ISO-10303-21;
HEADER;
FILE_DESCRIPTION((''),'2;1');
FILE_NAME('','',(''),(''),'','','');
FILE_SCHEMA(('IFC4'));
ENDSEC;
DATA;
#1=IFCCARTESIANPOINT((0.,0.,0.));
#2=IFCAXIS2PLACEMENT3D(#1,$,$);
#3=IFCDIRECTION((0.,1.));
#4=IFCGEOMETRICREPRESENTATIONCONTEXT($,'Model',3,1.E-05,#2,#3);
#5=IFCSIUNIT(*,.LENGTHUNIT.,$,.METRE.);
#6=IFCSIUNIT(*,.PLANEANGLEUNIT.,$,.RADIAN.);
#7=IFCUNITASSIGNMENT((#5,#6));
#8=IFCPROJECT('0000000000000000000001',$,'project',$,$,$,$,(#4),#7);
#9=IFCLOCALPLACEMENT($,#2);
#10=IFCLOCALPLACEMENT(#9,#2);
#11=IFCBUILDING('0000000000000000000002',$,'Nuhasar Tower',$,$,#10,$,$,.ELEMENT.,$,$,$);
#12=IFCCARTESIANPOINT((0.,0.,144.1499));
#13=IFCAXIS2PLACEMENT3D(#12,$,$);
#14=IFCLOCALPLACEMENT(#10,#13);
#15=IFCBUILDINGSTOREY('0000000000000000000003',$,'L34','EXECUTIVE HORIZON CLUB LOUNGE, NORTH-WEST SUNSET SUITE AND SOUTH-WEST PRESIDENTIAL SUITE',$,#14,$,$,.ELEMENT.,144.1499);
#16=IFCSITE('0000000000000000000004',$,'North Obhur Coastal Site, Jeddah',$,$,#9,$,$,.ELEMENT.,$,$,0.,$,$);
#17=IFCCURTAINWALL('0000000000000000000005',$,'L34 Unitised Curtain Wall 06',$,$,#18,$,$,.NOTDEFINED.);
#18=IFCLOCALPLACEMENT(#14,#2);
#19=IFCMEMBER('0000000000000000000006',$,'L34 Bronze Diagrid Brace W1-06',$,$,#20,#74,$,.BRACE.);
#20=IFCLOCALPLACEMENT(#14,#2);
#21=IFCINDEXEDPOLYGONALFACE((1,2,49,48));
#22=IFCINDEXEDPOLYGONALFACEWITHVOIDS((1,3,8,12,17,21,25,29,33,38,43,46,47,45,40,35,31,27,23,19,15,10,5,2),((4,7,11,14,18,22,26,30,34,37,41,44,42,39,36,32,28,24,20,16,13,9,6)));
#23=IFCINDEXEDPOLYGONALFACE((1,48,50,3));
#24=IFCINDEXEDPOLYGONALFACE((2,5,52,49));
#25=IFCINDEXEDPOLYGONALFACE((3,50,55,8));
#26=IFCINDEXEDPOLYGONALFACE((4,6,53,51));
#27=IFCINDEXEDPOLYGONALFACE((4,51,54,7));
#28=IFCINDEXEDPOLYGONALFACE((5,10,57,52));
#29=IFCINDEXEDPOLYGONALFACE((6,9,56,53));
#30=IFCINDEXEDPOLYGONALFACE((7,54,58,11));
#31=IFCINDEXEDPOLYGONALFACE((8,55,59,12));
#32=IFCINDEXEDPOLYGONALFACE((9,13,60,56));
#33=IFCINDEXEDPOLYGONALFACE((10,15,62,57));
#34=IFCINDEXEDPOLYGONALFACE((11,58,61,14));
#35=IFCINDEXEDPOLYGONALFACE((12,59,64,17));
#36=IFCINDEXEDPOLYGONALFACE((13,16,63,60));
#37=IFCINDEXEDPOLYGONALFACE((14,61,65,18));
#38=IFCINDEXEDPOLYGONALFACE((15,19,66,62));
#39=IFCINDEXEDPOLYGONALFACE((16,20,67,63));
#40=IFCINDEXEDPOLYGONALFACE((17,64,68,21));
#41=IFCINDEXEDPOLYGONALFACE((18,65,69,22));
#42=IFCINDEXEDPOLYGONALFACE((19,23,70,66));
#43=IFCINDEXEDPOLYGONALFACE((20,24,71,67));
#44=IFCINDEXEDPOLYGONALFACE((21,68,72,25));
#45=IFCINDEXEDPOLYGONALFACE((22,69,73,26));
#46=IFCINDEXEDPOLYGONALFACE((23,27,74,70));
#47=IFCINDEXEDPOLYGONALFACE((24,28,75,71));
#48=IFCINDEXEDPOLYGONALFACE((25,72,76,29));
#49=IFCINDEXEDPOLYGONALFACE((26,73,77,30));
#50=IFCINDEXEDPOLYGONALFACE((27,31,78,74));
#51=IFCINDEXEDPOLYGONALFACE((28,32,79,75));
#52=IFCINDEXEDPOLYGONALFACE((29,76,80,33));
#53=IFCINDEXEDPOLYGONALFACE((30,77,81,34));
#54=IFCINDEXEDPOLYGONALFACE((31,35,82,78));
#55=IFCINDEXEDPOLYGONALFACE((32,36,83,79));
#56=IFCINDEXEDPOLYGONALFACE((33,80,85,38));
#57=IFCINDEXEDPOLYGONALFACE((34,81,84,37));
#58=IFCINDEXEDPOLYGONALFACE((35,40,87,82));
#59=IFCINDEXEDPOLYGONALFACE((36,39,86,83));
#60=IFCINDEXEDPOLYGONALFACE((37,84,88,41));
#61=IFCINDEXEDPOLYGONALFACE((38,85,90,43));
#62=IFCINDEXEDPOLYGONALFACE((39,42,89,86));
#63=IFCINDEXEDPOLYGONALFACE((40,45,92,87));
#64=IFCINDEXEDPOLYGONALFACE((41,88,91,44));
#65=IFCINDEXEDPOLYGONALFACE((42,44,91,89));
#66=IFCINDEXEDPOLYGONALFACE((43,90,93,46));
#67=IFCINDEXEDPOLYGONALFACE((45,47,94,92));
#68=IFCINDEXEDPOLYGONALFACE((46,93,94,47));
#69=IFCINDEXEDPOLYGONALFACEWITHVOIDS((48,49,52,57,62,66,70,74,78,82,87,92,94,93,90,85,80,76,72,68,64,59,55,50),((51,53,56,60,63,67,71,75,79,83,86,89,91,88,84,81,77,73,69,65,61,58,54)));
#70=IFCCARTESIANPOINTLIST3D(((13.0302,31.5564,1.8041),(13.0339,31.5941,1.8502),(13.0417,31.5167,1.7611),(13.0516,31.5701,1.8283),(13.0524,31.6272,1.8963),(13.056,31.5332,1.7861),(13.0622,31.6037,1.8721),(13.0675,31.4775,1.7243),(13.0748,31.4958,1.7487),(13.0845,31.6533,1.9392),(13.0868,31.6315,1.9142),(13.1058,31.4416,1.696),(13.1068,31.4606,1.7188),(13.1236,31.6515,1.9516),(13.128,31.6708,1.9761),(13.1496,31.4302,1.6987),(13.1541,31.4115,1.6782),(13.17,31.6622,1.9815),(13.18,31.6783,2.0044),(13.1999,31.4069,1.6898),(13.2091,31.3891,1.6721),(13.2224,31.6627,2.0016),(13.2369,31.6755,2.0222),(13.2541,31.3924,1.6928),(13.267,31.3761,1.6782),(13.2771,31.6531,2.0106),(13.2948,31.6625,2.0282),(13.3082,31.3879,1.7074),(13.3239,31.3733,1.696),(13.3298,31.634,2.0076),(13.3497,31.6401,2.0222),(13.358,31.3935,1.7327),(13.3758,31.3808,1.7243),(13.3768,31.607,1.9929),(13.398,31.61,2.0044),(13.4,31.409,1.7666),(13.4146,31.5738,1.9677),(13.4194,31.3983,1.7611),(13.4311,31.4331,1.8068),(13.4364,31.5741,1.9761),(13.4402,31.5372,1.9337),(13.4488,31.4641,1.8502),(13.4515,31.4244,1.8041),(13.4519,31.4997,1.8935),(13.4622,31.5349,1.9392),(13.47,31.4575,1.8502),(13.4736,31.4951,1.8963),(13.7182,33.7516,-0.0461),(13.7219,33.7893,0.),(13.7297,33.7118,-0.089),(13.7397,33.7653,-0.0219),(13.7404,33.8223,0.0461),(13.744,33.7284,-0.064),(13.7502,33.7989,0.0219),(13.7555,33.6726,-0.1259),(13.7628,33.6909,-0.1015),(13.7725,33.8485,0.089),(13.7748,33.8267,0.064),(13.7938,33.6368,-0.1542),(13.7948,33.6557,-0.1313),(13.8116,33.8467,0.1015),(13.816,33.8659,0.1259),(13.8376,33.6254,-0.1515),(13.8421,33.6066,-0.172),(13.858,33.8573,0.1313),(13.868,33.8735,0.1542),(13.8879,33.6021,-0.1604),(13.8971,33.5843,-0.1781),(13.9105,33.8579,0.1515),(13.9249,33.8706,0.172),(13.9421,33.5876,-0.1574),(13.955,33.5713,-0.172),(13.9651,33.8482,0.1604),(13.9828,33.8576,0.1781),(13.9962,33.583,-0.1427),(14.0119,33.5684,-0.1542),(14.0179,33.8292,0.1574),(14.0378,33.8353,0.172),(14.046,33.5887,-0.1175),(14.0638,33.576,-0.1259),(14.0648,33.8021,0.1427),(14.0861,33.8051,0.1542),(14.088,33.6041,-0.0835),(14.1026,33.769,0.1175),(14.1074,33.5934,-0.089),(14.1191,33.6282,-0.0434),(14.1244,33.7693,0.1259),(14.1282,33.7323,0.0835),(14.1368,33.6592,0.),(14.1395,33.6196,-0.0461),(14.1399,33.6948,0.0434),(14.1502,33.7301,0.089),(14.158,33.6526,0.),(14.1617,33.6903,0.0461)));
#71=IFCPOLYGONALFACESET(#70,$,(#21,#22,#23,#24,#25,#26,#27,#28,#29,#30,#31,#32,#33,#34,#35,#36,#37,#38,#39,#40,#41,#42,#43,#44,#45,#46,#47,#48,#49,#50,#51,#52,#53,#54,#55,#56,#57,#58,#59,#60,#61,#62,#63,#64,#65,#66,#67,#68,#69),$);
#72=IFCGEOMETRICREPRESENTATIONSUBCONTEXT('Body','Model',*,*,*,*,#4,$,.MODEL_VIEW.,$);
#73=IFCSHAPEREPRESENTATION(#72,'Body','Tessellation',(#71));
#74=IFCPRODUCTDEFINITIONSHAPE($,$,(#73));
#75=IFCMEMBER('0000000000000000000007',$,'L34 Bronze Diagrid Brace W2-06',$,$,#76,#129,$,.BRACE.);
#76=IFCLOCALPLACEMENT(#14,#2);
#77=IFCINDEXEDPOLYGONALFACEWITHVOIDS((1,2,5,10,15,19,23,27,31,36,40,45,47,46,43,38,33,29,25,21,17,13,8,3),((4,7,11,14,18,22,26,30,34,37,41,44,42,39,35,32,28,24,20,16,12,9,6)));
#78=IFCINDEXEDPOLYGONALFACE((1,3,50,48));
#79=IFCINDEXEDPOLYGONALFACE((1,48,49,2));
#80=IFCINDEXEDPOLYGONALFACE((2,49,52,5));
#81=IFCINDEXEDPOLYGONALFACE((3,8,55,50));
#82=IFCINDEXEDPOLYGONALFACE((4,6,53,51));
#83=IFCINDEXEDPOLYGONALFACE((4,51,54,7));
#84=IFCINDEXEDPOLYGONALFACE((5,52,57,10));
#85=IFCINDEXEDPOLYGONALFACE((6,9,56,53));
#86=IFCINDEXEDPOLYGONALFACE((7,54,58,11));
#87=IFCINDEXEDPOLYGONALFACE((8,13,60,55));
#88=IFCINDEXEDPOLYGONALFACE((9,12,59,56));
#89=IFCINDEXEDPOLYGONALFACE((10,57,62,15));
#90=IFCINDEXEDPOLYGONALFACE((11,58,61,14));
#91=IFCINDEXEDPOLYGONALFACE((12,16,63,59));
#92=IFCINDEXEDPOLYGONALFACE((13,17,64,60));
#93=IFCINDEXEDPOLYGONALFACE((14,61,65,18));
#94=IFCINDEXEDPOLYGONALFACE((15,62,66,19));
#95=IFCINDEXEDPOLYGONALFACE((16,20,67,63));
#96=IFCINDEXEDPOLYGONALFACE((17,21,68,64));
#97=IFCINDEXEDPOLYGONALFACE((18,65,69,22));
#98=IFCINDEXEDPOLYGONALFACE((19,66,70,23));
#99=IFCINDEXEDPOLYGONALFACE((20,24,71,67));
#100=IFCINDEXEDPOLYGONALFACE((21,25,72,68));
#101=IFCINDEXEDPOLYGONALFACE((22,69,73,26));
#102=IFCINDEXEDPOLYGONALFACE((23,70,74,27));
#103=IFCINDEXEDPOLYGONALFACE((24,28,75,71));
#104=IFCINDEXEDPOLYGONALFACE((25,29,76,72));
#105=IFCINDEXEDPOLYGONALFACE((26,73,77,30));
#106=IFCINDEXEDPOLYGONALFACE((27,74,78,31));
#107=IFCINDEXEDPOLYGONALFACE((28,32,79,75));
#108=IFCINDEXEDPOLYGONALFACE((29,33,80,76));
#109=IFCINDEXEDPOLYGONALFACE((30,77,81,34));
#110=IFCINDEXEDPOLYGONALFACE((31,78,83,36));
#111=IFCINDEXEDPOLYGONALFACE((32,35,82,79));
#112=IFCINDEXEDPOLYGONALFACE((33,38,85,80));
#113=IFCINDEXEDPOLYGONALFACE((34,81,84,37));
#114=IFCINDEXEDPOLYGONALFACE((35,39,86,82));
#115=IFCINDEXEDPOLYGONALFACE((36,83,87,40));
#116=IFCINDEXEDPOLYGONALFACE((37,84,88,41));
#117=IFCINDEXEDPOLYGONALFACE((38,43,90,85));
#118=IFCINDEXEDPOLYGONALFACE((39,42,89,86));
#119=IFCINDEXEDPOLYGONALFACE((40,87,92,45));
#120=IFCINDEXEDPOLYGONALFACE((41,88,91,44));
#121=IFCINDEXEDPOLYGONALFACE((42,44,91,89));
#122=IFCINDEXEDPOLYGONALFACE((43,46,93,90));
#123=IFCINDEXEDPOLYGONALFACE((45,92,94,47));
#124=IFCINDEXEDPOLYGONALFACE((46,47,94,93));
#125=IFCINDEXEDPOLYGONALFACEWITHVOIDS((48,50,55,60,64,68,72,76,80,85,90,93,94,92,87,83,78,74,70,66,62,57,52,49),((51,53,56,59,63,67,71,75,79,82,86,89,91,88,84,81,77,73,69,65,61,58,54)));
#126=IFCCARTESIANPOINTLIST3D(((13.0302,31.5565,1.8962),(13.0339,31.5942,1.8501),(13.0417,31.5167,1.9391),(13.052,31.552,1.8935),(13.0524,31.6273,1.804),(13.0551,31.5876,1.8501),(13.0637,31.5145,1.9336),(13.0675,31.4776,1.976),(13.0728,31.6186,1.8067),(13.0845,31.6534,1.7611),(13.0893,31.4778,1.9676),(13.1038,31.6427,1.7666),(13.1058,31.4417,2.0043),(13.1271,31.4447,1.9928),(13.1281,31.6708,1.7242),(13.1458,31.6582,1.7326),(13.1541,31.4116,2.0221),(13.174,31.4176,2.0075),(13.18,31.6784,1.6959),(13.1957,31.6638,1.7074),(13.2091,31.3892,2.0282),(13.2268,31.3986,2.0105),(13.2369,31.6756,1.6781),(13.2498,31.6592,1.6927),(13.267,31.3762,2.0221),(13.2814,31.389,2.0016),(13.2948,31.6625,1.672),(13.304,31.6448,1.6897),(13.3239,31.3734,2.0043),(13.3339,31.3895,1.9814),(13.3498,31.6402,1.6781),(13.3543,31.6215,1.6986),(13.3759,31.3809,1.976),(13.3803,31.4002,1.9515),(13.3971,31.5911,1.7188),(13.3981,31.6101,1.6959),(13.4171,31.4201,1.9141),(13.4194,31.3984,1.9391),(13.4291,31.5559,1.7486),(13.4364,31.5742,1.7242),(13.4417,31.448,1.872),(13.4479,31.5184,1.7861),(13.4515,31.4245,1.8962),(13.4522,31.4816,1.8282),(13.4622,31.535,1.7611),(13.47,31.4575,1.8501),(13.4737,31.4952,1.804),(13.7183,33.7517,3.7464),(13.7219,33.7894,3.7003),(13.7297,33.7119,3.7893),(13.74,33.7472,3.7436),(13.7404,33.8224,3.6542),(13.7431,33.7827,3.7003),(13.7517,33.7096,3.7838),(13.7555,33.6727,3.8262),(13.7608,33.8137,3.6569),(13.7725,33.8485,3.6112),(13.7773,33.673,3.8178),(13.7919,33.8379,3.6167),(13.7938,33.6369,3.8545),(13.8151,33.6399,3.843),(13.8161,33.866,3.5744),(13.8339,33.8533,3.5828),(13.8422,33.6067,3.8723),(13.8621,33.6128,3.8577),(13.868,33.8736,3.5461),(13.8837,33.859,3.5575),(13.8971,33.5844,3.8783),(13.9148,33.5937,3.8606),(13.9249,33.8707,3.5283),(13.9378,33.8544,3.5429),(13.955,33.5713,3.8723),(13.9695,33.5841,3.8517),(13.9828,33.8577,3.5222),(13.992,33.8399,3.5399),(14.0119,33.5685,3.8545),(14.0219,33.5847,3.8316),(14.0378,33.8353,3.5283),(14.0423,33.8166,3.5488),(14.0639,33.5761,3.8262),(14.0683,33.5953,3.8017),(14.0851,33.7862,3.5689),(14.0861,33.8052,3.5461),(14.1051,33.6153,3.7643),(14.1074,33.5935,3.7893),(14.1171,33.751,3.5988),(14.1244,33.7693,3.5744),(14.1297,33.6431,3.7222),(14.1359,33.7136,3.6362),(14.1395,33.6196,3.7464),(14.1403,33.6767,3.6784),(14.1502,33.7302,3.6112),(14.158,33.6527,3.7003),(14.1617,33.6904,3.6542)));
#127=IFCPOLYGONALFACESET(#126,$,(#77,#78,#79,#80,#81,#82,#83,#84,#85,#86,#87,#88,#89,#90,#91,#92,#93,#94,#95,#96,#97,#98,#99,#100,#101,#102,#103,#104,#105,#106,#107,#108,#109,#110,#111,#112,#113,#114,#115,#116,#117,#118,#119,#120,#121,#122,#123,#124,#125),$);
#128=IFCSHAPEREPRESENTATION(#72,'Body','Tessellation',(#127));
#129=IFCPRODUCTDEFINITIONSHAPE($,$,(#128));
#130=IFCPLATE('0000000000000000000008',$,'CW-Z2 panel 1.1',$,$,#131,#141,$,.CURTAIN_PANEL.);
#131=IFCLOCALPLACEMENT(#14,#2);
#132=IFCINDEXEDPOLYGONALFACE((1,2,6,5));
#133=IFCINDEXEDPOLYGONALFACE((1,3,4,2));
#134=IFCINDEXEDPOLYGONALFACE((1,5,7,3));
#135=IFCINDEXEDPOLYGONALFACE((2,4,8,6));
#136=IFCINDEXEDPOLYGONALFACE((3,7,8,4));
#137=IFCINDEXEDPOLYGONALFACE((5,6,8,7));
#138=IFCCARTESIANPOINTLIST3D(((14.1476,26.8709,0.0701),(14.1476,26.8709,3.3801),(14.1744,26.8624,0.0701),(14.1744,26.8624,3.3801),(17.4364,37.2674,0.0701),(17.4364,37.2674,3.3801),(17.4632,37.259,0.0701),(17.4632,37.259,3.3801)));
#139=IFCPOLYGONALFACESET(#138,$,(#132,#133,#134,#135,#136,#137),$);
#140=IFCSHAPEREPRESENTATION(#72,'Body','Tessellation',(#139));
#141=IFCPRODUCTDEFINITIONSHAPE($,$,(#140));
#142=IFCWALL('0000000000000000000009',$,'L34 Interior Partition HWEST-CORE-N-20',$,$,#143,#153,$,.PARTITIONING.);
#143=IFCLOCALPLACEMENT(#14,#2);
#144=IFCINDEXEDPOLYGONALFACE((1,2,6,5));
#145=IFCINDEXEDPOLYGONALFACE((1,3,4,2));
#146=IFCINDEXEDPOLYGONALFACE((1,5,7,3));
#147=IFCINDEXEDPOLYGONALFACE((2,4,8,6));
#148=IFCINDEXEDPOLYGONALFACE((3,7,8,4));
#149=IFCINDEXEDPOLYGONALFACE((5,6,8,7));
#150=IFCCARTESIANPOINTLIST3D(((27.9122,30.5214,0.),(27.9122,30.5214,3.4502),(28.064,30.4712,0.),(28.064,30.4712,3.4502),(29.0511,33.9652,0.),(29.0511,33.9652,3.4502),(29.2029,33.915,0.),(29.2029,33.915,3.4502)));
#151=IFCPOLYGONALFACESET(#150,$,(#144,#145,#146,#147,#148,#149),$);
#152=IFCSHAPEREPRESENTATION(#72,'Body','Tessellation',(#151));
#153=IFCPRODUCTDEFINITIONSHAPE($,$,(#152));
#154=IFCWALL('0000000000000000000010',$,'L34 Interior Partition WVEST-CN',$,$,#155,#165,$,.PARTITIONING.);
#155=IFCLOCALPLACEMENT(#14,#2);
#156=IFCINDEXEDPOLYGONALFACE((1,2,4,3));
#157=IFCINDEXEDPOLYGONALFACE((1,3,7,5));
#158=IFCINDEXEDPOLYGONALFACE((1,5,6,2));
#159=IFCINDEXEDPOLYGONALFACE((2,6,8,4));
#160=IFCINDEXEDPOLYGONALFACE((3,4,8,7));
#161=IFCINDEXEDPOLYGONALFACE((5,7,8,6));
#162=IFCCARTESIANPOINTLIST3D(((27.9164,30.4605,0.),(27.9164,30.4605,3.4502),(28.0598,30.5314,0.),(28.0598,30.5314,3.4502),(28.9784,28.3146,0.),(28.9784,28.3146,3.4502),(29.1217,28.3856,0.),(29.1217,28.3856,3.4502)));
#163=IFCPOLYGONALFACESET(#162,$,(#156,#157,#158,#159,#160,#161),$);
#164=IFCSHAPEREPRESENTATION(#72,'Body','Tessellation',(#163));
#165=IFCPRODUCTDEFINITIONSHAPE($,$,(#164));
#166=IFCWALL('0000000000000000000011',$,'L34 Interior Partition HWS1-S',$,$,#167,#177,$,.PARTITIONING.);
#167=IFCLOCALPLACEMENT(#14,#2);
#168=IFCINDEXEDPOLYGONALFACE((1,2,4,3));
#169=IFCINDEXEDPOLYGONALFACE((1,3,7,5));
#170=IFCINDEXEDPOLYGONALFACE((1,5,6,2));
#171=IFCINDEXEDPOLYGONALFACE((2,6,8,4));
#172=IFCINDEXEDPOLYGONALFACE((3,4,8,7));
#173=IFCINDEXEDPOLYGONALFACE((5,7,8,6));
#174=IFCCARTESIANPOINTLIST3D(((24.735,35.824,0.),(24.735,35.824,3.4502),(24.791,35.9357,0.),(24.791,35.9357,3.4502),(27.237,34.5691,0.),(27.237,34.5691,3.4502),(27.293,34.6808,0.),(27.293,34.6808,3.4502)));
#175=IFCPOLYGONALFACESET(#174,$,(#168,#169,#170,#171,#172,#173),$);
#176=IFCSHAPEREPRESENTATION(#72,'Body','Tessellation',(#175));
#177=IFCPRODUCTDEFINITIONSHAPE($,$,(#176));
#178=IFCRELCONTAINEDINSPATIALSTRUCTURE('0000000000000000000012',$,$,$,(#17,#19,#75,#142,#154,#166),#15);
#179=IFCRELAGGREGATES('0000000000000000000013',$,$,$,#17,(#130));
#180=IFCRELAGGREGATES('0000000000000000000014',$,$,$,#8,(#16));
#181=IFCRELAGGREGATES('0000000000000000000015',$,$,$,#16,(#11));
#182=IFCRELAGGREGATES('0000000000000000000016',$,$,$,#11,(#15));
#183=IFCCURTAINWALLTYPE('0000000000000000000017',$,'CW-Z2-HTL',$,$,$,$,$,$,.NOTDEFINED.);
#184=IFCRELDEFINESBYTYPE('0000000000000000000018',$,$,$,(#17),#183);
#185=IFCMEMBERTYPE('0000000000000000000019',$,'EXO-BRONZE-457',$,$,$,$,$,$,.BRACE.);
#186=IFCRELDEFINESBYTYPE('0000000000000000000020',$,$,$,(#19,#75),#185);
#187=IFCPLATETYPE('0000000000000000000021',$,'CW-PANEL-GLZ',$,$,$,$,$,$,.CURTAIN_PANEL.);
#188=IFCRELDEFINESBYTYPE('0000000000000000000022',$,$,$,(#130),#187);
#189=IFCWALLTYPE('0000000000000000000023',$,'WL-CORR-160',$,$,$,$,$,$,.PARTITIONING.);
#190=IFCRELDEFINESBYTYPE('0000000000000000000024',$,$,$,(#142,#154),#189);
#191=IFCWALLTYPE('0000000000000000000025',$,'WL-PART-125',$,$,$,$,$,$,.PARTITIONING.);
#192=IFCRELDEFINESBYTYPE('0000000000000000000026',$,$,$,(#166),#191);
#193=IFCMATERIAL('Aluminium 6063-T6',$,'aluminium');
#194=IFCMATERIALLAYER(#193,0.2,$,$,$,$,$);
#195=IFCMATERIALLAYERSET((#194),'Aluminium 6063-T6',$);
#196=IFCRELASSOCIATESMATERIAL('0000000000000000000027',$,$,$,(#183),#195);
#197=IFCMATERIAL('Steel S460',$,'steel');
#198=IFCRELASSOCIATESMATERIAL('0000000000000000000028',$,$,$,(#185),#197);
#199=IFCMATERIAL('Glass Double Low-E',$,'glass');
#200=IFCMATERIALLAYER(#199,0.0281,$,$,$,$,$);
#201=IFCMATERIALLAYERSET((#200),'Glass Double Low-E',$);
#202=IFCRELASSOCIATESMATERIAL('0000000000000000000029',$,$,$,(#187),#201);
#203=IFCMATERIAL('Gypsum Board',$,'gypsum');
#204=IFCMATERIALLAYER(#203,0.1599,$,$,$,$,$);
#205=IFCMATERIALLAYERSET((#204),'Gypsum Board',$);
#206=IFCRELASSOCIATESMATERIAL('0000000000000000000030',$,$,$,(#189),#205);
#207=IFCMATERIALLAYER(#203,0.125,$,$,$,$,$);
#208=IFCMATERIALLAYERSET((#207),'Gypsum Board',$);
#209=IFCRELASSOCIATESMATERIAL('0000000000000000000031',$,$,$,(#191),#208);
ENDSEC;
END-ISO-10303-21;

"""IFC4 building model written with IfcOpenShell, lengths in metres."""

from ifc_helpers import new_model, si_unit, direction, frame, frame_2d, origin, origin_2d, place, context, subcontext, project, spatial, rectangle, hollow_circle, extrude, material, layer, layer_set, material_profile, profile_set, type_object, element, aggregate, save


model = new_model("IFC4")

# Units and contexts
model_context = context("Model", 3, precision=1e-05, world=origin(), true_north=direction((0.0, 1.0)))
body_context = subcontext(model_context, "Body", "Model", "MODEL_VIEW")
ifc_project = project(units=[si_unit("LENGTHUNIT", "METRE"), si_unit("PLANEANGLEUNIT", "RADIAN")], contexts=[model_context])

# Site, building, storey
site_placement = place(None, origin())
site = spatial("IfcSite", under=ifc_project, at=site_placement, Name="North Obhur Coastal Site, Jeddah", CompositionType="ELEMENT", RefElevation=0.0)
building_placement = place(site_placement, origin())
building = spatial("IfcBuilding", under=site, at=building_placement, Name="Nuhasar Tower", CompositionType="ELEMENT")
storey_placement = place(building_placement, frame((0.0, 0.0, 144.1499)))
storey = spatial("IfcBuildingStorey", under=building, at=storey_placement, Name="L34", Description="EXECUTIVE HORIZON CLUB LOUNGE, NORTH-WEST SUNSET SUITE AND SOUTH-WEST PRESIDENTIAL SUITE", CompositionType="ELEMENT", Elevation=144.1499)

# Curtain wall
ifc_material_1 = material(Name="Aluminium 6063-T6", Category="aluminium")
ifc_layer_1 = layer(ifc_material_1, 0.2)
ifc_layer_set_1 = layer_set([ifc_layer_1], Name="Aluminium 6063-T6")
curtain_wall_type = type_object("IfcCurtainWallType", Name="CW-Z2-HTL", PredefinedType="NOTDEFINED", material=ifc_layer_set_1)
curtain_wall_placement = place(storey_placement, origin())
curtain_wall = element("IfcCurtainWall", 1, at=curtain_wall_placement, inside=storey, type_object=curtain_wall_type, Name="L34 Unitised Curtain Wall 06", PredefinedType="NOTDEFINED")

# Members
ifc_material_2 = material(Name="Steel S460", Category="steel")
ifc_material_profile_1 = material_profile(ifc_material_2, hollow_circle(Radius=0.2285, WallThickness=0.0222, at=origin_2d()), Name="HSS457X22.2")
ifc_profile_set_1 = profile_set([ifc_material_profile_1], Name="Steel S460")
member_type_1 = type_object("IfcMemberType", Name="EXO-BRONZE-457", PredefinedType="BRACE", material=ifc_profile_set_1)
for number, where, z_axis, x_axis, name in (
    (2, (13.9399, 33.7209, 0.0), (-0.233056, -0.743578, 0.626719), (0.954228, -0.299079, 0.0), "L34 Bronze Diagrid Brace W1-06"),
    (3, (13.252, 31.5259, 1.8501), (0.233056, 0.743578, 0.626719), (-0.954228, 0.299079, 0.0), "L34 Bronze Diagrid Brace W2-06"),
):
    element("IfcMember", number, at=place(storey_placement, frame(where, z_axis=z_axis, x_axis=x_axis)), inside=storey, type_object=member_type_1, Name=name, PredefinedType="BRACE", context=body_context, shape_type="SweptSolid", body=[
        extrude(hollow_circle(Radius=0.2285, WallThickness=0.0222, at=origin_2d()), origin(), (0.0, 0.0, 1.0), 2.9521),
    ])

# Plate
ifc_material_3 = material(Name="Glass Double Low-E", Category="glass")
ifc_layer_2 = layer(ifc_material_3, 0.0281)
ifc_layer_set_2 = layer_set([ifc_layer_2], Name="Glass Double Low-E")
plate_type = type_object("IfcPlateType", Name="CW-PANEL-GLZ", PredefinedType="CURTAIN_PANEL", material=ifc_layer_set_2)
plate_placement = place(storey_placement, frame((15.8054, 32.0649, 0.0701), z_axis=(0.0, 0.0, 1.0), x_axis=(-0.301604, -0.953433, 0.0)))
plate = element("IfcPlate", 4, at=plate_placement, type_object=plate_type, Name="CW-Z2 panel 1.1", PredefinedType="CURTAIN_PANEL", context=body_context, shape_type="SweptSolid", body=[
    extrude(rectangle(XDim=10.9043, YDim=0.0281, at=origin_2d()), origin(), (0.0, 0.0, 1.0), 3.3101),
])
aggregate(curtain_wall, [plate])

# Wall
ifc_material_4 = material(Name="Gypsum Board", Category="gypsum")
ifc_layer_3 = layer(ifc_material_4, 0.1599)
ifc_layer_set_3 = layer_set([ifc_layer_3], Name="Gypsum Board")
wall_type_1 = type_object("IfcWallType", Name="WL-CORR-160", PredefinedType="PARTITIONING", material=ifc_layer_set_3)
wall_1_placement = place(storey_placement, frame((29.127, 33.9399, 0.0), z_axis=(0.0, 0.0, 1.0), x_axis=(-0.313986, -0.949428, 0.0)))
element("IfcWall", 5, at=wall_1_placement, inside=storey, type_object=wall_type_1, Name="L34 Interior Partition HWEST-CORE-N-20", PredefinedType="PARTITIONING", context=body_context, shape_type="SweptSolid", body=[
    extrude(rectangle(XDim=3.6272, YDim=0.1599, at=frame_2d((1.8135, 0.0))), origin(), (0.0, 0.0, 1.0), 3.4502),
])

# Walls
wall_2_placement = place(storey_placement, frame((27.988, 30.4961, 0.0), z_axis=(0.0, 0.0, 1.0), x_axis=(0.443539, -0.896255, 0.0)))
element("IfcWall", 6, at=wall_2_placement, inside=storey, type_object=wall_type_1, Name="L34 Interior Partition WVEST-CN", PredefinedType="PARTITIONING", context=body_context, shape_type="SweptSolid", body=[
    extrude(rectangle(XDim=2.3943, YDim=0.1599, at=frame_2d((1.1973, 0.0))), origin(), (0.0, 0.0, 1.0), 3.4502),
])
ifc_layer_4 = layer(ifc_material_4, 0.125)
ifc_layer_set_4 = layer_set([ifc_layer_4], Name="Gypsum Board")
wall_type_2 = type_object("IfcWallType", Name="WL-PART-125", PredefinedType="PARTITIONING", material=ifc_layer_set_4)
wall_3_placement = place(storey_placement, frame((27.2649, 34.625, 0.0), z_axis=(0.0, 0.0, 1.0), x_axis=(-0.893868, 0.44833, 0.0)))
element("IfcWall", 7, at=wall_3_placement, inside=storey, type_object=wall_type_2, Name="L34 Interior Partition HWS1-S", PredefinedType="PARTITIONING", context=body_context, shape_type="SweptSolid", body=[
    extrude(rectangle(XDim=2.7991, YDim=0.125, at=frame_2d((1.3994, 0.0))), origin(), (0.0, 0.0, 1.0), 3.4502),
])

save(model, "model.ifc")
